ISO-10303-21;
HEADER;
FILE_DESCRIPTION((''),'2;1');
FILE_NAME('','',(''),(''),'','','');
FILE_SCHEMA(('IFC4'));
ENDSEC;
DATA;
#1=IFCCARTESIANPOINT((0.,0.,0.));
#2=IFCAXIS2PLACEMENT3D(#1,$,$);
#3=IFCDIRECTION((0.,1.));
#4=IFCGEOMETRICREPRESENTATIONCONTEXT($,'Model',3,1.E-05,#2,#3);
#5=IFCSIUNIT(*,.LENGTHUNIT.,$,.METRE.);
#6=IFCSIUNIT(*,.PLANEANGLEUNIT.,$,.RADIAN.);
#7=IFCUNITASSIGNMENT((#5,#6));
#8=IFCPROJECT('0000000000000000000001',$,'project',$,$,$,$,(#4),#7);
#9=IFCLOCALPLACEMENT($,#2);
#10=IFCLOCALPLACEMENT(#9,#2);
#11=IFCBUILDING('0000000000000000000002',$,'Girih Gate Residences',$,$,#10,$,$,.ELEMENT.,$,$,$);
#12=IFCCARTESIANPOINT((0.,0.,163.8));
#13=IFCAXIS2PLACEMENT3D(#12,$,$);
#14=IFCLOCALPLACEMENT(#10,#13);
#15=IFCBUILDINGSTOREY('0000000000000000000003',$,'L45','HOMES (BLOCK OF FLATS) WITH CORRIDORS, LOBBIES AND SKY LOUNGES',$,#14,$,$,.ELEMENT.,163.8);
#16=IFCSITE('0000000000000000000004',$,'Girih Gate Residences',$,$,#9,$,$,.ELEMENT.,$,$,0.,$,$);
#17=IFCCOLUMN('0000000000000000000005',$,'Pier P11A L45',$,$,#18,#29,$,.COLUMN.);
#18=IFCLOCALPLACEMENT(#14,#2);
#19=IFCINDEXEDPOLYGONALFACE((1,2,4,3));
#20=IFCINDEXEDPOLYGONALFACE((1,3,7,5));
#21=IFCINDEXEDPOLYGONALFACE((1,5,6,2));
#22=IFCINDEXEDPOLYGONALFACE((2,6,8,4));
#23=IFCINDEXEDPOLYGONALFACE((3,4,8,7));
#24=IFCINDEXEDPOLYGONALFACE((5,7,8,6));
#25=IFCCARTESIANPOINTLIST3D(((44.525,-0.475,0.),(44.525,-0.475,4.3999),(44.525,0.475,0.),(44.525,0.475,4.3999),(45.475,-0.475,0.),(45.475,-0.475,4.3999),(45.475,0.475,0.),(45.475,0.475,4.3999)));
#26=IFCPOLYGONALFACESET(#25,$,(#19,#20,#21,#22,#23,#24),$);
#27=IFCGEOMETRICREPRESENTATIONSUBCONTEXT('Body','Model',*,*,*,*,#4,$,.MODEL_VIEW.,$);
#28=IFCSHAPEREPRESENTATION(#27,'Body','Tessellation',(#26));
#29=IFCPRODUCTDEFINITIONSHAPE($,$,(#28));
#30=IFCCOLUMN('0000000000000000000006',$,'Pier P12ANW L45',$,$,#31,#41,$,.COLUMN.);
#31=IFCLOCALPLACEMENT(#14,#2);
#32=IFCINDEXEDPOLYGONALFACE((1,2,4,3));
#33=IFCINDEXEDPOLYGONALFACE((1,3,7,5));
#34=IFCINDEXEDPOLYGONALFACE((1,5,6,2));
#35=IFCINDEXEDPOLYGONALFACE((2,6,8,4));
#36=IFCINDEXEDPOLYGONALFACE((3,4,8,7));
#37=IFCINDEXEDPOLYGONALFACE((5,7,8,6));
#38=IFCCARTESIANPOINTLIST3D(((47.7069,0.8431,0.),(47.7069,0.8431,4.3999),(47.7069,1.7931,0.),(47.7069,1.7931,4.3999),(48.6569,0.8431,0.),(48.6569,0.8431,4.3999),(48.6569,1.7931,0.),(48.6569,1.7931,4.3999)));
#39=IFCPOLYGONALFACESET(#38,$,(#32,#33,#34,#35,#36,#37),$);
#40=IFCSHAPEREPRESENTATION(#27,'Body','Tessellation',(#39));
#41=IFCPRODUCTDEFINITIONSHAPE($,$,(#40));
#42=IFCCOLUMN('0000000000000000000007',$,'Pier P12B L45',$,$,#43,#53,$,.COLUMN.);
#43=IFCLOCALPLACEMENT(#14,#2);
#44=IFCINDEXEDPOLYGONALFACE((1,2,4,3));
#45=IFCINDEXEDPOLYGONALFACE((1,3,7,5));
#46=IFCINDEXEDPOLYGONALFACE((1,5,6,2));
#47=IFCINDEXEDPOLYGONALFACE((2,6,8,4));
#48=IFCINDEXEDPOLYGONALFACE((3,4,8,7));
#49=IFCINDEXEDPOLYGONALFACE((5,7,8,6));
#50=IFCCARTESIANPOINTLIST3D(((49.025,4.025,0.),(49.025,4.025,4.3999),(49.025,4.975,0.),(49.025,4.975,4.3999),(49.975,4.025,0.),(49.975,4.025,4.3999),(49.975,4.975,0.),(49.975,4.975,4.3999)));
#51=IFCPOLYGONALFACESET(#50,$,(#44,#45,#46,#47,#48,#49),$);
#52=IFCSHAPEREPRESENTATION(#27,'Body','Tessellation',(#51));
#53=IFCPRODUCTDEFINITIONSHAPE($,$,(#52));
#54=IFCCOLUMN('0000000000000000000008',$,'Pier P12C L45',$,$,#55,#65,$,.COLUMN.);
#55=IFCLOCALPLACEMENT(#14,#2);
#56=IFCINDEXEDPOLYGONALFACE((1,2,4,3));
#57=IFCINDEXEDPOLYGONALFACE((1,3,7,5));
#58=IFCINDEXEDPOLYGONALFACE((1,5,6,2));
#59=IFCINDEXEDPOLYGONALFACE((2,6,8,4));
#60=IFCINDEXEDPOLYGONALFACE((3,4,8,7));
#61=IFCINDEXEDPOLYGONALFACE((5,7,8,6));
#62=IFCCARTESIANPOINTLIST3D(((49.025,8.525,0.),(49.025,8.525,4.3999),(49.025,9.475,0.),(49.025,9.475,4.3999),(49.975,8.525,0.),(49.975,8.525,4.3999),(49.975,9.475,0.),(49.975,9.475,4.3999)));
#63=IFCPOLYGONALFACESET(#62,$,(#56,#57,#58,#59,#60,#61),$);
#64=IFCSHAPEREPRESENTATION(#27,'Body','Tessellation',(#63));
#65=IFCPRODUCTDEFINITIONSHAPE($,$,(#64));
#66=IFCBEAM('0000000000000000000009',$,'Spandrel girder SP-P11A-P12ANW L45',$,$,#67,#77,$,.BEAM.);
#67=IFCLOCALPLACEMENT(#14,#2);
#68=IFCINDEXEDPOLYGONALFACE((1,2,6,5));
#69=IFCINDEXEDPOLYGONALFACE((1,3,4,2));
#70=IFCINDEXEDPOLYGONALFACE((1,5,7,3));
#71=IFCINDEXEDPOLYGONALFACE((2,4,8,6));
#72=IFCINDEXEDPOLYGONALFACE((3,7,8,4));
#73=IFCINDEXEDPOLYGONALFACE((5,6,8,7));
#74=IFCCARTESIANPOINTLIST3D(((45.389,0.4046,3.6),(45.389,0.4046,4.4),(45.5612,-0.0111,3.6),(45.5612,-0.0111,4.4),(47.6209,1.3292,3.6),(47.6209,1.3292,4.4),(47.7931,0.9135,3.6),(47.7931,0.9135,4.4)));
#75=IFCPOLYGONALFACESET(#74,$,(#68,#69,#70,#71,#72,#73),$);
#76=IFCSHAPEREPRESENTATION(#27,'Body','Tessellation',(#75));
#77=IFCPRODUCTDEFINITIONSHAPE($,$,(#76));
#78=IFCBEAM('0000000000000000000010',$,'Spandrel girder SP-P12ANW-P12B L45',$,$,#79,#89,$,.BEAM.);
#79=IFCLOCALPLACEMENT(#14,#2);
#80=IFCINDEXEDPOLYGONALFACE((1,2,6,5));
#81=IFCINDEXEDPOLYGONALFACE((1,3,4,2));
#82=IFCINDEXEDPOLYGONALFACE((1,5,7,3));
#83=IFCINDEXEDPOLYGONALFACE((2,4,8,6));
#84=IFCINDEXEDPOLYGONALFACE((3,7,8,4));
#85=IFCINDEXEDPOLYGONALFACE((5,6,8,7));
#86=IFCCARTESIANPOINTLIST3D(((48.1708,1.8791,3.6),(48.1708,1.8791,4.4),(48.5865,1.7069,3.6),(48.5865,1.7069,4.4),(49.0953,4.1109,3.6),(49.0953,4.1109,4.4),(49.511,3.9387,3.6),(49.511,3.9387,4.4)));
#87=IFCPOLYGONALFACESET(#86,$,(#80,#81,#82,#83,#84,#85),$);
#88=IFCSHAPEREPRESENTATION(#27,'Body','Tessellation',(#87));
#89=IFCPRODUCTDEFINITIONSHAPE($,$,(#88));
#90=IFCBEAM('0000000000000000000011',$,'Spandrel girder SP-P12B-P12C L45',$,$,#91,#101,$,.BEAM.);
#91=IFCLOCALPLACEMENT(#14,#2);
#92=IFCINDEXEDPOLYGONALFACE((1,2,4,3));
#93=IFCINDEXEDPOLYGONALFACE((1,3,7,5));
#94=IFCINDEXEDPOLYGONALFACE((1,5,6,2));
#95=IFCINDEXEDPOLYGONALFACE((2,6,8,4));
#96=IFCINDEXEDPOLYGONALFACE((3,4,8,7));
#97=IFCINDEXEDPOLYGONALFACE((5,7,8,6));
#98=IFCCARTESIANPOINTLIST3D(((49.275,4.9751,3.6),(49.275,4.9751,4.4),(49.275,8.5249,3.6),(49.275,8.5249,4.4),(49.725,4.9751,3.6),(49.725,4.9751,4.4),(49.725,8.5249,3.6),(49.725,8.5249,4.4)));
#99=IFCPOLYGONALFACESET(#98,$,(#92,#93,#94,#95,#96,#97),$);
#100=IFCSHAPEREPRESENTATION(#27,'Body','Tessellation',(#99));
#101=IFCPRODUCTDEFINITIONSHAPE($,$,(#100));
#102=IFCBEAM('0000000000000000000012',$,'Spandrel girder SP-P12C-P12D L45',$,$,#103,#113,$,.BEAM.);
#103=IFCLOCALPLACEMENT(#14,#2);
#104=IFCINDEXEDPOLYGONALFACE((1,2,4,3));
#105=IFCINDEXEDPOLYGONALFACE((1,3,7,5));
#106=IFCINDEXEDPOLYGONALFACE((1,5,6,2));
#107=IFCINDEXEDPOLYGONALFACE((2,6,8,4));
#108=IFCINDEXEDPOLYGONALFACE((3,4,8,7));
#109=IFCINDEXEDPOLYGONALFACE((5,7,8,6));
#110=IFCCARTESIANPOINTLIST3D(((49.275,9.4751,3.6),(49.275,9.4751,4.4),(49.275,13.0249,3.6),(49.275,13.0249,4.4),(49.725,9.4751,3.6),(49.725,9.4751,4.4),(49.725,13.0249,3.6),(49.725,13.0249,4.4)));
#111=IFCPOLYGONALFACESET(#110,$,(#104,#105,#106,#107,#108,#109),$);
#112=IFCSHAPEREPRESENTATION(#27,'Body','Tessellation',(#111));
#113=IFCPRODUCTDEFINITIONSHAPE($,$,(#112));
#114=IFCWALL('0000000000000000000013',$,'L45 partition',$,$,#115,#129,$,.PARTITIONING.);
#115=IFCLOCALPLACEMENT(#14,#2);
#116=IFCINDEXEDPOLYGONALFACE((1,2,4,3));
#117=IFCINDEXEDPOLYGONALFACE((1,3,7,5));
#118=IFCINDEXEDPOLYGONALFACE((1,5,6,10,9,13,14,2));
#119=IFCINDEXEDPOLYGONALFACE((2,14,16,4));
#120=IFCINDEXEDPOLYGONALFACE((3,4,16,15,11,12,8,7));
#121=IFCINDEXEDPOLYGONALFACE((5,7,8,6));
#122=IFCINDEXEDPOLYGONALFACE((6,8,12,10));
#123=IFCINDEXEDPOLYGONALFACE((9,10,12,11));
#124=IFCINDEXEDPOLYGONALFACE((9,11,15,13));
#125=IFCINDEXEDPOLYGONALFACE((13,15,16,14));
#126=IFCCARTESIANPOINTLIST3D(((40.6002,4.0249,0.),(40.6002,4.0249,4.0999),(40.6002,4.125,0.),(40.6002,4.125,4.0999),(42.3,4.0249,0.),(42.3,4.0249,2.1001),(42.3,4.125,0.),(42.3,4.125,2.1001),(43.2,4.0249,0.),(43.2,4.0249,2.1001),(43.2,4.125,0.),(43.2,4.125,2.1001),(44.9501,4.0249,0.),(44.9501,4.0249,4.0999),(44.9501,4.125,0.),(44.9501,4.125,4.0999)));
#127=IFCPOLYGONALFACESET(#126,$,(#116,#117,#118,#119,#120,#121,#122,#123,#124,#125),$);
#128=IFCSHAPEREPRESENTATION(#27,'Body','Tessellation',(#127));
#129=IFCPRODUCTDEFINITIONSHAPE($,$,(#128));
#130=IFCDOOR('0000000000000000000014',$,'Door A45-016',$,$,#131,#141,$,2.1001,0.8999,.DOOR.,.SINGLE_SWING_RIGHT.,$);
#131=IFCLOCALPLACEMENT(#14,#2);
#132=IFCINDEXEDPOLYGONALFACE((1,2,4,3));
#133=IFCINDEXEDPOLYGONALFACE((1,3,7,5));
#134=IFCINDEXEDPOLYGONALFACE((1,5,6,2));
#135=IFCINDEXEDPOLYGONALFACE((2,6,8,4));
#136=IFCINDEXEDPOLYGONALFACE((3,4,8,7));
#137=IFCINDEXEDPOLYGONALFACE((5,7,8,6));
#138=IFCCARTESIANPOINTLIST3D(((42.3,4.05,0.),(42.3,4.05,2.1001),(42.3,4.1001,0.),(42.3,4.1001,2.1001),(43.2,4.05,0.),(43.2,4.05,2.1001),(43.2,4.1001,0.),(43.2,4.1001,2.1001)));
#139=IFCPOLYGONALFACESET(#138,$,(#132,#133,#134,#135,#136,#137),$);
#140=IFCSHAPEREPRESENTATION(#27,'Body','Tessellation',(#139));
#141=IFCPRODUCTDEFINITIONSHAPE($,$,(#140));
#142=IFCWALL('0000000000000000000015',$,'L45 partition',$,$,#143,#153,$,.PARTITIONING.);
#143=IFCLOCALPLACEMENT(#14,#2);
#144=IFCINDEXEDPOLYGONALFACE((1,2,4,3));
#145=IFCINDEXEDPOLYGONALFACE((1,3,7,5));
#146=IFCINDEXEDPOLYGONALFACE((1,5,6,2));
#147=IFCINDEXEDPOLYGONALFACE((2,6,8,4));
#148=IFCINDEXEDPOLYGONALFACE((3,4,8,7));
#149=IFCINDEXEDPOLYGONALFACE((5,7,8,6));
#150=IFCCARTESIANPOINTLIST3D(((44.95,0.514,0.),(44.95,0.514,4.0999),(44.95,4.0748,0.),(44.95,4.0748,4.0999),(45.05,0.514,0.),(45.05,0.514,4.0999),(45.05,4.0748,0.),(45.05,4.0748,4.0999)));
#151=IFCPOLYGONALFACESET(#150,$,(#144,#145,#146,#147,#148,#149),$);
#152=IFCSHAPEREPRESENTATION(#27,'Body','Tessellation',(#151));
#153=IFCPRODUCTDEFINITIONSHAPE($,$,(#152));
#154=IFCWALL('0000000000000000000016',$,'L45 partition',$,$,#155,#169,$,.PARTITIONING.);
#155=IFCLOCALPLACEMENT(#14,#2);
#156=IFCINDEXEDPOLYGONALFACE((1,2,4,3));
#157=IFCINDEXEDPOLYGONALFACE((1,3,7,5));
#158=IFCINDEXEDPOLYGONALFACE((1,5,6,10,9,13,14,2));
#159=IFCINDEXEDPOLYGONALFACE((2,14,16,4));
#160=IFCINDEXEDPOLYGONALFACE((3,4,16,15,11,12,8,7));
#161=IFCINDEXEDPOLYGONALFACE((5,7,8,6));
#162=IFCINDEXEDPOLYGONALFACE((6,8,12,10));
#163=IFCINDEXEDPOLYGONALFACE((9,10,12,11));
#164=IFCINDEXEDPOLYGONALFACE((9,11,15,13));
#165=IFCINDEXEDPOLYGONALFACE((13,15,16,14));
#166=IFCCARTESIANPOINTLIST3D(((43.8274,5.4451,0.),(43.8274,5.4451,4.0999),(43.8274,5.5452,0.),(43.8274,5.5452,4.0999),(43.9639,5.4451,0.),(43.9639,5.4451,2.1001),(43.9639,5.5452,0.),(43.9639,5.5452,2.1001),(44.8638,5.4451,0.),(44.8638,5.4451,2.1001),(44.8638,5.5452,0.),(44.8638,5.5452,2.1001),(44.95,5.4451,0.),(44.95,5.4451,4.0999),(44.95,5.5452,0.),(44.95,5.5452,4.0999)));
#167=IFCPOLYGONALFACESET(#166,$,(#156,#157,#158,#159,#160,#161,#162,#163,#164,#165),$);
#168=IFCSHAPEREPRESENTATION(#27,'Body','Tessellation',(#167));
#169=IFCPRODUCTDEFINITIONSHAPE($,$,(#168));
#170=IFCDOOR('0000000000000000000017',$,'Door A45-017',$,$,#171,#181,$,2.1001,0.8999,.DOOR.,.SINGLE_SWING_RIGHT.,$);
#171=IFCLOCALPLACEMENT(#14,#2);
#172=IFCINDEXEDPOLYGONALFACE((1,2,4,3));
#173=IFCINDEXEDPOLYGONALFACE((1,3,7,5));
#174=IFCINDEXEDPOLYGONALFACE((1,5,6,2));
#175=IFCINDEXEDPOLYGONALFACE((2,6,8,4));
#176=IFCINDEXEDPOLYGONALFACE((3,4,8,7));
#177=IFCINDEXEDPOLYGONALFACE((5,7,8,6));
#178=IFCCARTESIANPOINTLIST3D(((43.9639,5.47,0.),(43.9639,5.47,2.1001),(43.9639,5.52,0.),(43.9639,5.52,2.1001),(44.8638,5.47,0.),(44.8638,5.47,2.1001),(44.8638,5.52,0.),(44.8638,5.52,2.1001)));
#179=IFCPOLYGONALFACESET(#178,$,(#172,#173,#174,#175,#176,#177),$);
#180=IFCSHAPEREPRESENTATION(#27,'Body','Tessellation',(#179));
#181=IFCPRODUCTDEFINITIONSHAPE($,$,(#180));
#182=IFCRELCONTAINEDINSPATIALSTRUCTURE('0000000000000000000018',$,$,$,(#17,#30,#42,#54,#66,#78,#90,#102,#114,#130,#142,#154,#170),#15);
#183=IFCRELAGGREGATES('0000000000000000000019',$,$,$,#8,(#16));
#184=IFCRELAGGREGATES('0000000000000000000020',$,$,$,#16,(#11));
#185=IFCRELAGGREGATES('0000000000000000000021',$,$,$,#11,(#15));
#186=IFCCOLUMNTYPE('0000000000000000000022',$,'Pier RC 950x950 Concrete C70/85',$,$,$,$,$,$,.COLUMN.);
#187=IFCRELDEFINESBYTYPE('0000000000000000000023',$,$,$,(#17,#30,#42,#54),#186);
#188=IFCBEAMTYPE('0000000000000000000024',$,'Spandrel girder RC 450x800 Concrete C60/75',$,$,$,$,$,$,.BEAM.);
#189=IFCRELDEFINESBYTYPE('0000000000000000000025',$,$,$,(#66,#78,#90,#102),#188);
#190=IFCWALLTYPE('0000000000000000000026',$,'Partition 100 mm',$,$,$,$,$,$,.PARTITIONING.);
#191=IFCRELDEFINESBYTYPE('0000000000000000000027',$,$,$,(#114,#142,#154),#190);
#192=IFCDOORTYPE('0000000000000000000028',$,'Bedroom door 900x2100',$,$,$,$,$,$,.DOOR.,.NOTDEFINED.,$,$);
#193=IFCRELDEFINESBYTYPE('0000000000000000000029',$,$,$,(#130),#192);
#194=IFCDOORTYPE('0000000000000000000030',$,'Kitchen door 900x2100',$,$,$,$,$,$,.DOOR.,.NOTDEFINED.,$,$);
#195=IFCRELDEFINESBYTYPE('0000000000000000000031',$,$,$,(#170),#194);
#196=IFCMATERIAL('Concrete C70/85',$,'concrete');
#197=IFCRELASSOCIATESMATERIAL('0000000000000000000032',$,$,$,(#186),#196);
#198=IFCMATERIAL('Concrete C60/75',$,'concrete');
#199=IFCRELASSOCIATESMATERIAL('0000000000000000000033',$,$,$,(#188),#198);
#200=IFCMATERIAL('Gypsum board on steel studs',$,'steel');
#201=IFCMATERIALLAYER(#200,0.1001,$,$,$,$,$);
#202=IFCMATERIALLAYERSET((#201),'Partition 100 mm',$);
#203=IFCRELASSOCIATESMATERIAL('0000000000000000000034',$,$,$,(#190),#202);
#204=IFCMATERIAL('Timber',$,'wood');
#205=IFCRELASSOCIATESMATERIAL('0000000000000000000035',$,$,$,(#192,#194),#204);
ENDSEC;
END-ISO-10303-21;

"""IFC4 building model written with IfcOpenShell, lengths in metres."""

from ifc_helpers import new_model, si_unit, direction, frame, frame_2d, origin, origin_2d, place, context, subcontext, project, spatial, rectangle, extrude, material, layer, layer_set, material_profile, profile_set, type_object, element, fill, save


model = new_model("IFC4")

# Units and contexts
model_context = context("Model", 3, precision=1e-05, world=origin(), true_north=direction((0.0, 1.0)))
body_context = subcontext(model_context, "Body", "Model", "MODEL_VIEW")
ifc_project = project(units=[si_unit("LENGTHUNIT", "METRE"), si_unit("PLANEANGLEUNIT", "RADIAN")], contexts=[model_context])

# Site, building, storey
site_placement = place(None, origin())
site = spatial("IfcSite", under=ifc_project, at=site_placement, Name="Girih Gate Residences", CompositionType="ELEMENT", RefElevation=0.0)
building_placement = place(site_placement, origin())
building = spatial("IfcBuilding", under=site, at=building_placement, Name="Girih Gate Residences", CompositionType="ELEMENT")
storey_placement = place(building_placement, frame((0.0, 0.0, 163.8)))
storey = spatial("IfcBuildingStorey", under=building, at=storey_placement, Name="L45", Description="HOMES (BLOCK OF FLATS) WITH CORRIDORS, LOBBIES AND SKY LOUNGES", CompositionType="ELEMENT", Elevation=163.8)

# Columns
ifc_material_1 = material(Name="Concrete C70/85", Category="concrete")
ifc_material_profile_1 = material_profile(ifc_material_1, rectangle(XDim=0.95, YDim=0.95, at=origin_2d()))
ifc_profile_set_1 = profile_set([ifc_material_profile_1], Name="Concrete C70/85")
column_type = type_object("IfcColumnType", Name="Pier RC 950x950 Concrete C70/85", PredefinedType="COLUMN", material=ifc_profile_set_1)
for number, where, z_axis, x_axis, name in (
    (1, (45.0, 0.0, 0.0), (0.0, 0.0, 1.0), (1.0, 0.0, 0.0), "Pier P11A L45"),
    (2, (48.1819, 1.3181, 0.0), (0.0, 0.0, 1.0), (1.0, 0.0, 0.0), "Pier P12ANW L45"),
    (3, (49.5, 4.5, 0.0), (0.0, 0.0, 1.0), (1.0, 0.0, 0.0), "Pier P12B L45"),
    (4, (49.5, 9.0, 0.0), (0.0, 0.0, 1.0), (1.0, 0.0, 0.0), "Pier P12C L45"),
):
    element("IfcColumn", number, at=place(storey_placement, frame(where, z_axis=z_axis, x_axis=x_axis)), inside=storey, type_object=column_type, Name=name, PredefinedType="COLUMN", context=body_context, shape_type="SweptSolid", body=[
        extrude(rectangle(XDim=0.95, YDim=0.95, at=origin_2d()), origin(), (0.0, 0.0, 1.0), 4.3999),
    ])

# Beams
ifc_material_2 = material(Name="Concrete C60/75", Category="concrete")
ifc_material_profile_2 = material_profile(ifc_material_2, rectangle(XDim=0.45, YDim=0.8, at=origin_2d()))
ifc_profile_set_2 = profile_set([ifc_material_profile_2], Name="Concrete C60/75")
beam_type = type_object("IfcBeamType", Name="Spandrel girder RC 450x800 Concrete C60/75", PredefinedType="BEAM", material=ifc_profile_set_2)
for number, where, z_axis, x_axis, name in (
    (5, (45.4751, 0.1968, 4.0), (0.92387, 0.382706, 0.0), (-0.382706, 0.92387, 0.0), "Spandrel girder SP-P11A-P12ANW L45"),
    (6, (48.3787, 1.793, 4.0), (0.382706, 0.92387, 0.0), (-0.92387, 0.382706, 0.0), "Spandrel girder SP-P12ANW-P12B L45"),
):
    element("IfcBeam", number, at=place(storey_placement, frame(where, z_axis=z_axis, x_axis=x_axis)), inside=storey, type_object=beam_type, Name=name, PredefinedType="BEAM", context=body_context, shape_type="SweptSolid", body=[
        extrude(rectangle(XDim=0.45, YDim=0.8, at=origin_2d()), origin(), (0.0, 0.0, 1.0), 2.4158),
    ])
for number, where, z_axis, x_axis, name in (
    (7, (49.5, 4.9751, 4.0), (0.0, 1.0, 0.0), (-1.0, 0.0, 0.0), "Spandrel girder SP-P12B-P12C L45"),
    (8, (49.5, 9.4751, 4.0), (0.0, 1.0, 0.0), (-1.0, 0.0, 0.0), "Spandrel girder SP-P12C-P12D L45"),
):
    element("IfcBeam", number, at=place(storey_placement, frame(where, z_axis=z_axis, x_axis=x_axis)), inside=storey, type_object=beam_type, Name=name, PredefinedType="BEAM", context=body_context, shape_type="SweptSolid", body=[
        extrude(rectangle(XDim=0.45, YDim=0.8, at=origin_2d()), origin(), (0.0, 0.0, 1.0), 3.5498),
    ])

# Wall, opening, door
ifc_material_3 = material(Name="Gypsum board on steel studs", Category="steel")
ifc_layer_1 = layer(ifc_material_3, 0.1001)
ifc_layer_set_1 = layer_set([ifc_layer_1], Name="Partition 100 mm")
wall_type_1 = type_object("IfcWallType", Name="Partition 100 mm", PredefinedType="PARTITIONING", material=ifc_layer_set_1)
wall_1_placement = place(storey_placement, frame((44.95, 4.075, 0.0), z_axis=(0.0, 0.0, 1.0), x_axis=(-1.0, 0.0, 0.0)))
wall_1 = element("IfcWall", 9, at=wall_1_placement, inside=storey, type_object=wall_type_1, Name="L45 partition", PredefinedType="PARTITIONING", context=body_context, shape_type="SweptSolid", body=[
    extrude(rectangle(XDim=4.3499, YDim=0.1001, at=frame_2d((2.1748, 0.0))), origin(), (0.0, 0.0, 1.0), 4.0999),
])
opening_1_placement = place(wall_1_placement, frame((1.75, 0.0, 0.0)))
opening_1 = element("IfcOpeningElement", 10, at=opening_1_placement, cuts=wall_1, PredefinedType="OPENING", context=body_context, shape_type="SweptSolid", body=[
    extrude(rectangle(XDim=0.8999, YDim=2.1001, at=frame_2d((0.45, 1.05))), frame((0.0, 0.0601, 0.0), z_axis=(0.0, -1.0, 0.0), x_axis=(1.0, 0.0, 0.0)), (0.0, 0.0, 1.0), 0.1201),
])
ifc_material_4 = material(Name="Timber", Category="wood")
door_type_1 = type_object("IfcDoorType", Name="Bedroom door 900x2100", OperationType="NOTDEFINED", PredefinedType="DOOR", material=ifc_material_4)
door_1_placement = place(opening_1_placement, origin())
door_1 = element("IfcDoor", 11, at=door_1_placement, inside=storey, type_object=door_type_1, Name="Door A45-016", OperationType="SINGLE_SWING_RIGHT", OverallHeight=2.1001, OverallWidth=0.8999, PredefinedType="DOOR", context=body_context, shape_type="SweptSolid", body=[
    extrude(rectangle(XDim=0.8999, YDim=2.1001, at=frame_2d((0.45, 1.05))), frame((0.0, 0.0249, 0.0), z_axis=(0.0, -1.0, 0.0), x_axis=(1.0, 0.0, 0.0)), (0.0, 0.0, 1.0), 0.05),
])
fill(opening_1, door_1)

# Wall
wall_2_placement = place(storey_placement, frame((45.0, 0.5142, 0.0), z_axis=(0.0, 0.0, 1.0), x_axis=(0.0, 1.0, 0.0)))
element("IfcWall", 12, at=wall_2_placement, inside=storey, type_object=wall_type_1, Name="L45 partition", PredefinedType="PARTITIONING", context=body_context, shape_type="SweptSolid", body=[
    extrude(rectangle(XDim=3.5608, YDim=0.1001, at=frame_2d((1.7803, 0.0))), origin(), (0.0, 0.0, 1.0), 4.0999),
])

# Wall, opening, door
wall_3_placement = place(storey_placement, frame((43.8274, 5.4951, 0.0), z_axis=(0.0, 0.0, 1.0), x_axis=(1.0, 0.0, 0.0)))
wall_3 = element("IfcWall", 13, at=wall_3_placement, inside=storey, type_object=wall_type_1, Name="L45 partition", PredefinedType="PARTITIONING", context=body_context, shape_type="SweptSolid", body=[
    extrude(rectangle(XDim=1.1226, YDim=0.1001, at=frame_2d((0.5613, 0.0))), origin(), (0.0, 0.0, 1.0), 4.0999),
])
opening_2_placement = place(wall_3_placement, frame((0.1365, 0.0, 0.0)))
opening_2 = element("IfcOpeningElement", 14, at=opening_2_placement, cuts=wall_3, PredefinedType="OPENING", context=body_context, shape_type="SweptSolid", body=[
    extrude(rectangle(XDim=0.8999, YDim=2.1001, at=frame_2d((0.45, 1.05))), frame((0.0, 0.0601, 0.0), z_axis=(0.0, -1.0, 0.0), x_axis=(1.0, 0.0, 0.0)), (0.0, 0.0, 1.0), 0.1201),
])
door_type_2 = type_object("IfcDoorType", Name="Kitchen door 900x2100", OperationType="NOTDEFINED", PredefinedType="DOOR", material=ifc_material_4)
door_2_placement = place(opening_2_placement, origin())
door_2 = element("IfcDoor", 15, at=door_2_placement, inside=storey, type_object=door_type_2, Name="Door A45-017", OperationType="SINGLE_SWING_RIGHT", OverallHeight=2.1001, OverallWidth=0.8999, PredefinedType="DOOR", context=body_context, shape_type="SweptSolid", body=[
    extrude(rectangle(XDim=0.8999, YDim=2.1001, at=frame_2d((0.45, 1.05))), frame((0.0, 0.0249, 0.0), z_axis=(0.0, -1.0, 0.0), x_axis=(1.0, 0.0, 0.0)), (0.0, 0.0, 1.0), 0.05),
])
fill(opening_2, door_2)

save(model, "model.ifc")
